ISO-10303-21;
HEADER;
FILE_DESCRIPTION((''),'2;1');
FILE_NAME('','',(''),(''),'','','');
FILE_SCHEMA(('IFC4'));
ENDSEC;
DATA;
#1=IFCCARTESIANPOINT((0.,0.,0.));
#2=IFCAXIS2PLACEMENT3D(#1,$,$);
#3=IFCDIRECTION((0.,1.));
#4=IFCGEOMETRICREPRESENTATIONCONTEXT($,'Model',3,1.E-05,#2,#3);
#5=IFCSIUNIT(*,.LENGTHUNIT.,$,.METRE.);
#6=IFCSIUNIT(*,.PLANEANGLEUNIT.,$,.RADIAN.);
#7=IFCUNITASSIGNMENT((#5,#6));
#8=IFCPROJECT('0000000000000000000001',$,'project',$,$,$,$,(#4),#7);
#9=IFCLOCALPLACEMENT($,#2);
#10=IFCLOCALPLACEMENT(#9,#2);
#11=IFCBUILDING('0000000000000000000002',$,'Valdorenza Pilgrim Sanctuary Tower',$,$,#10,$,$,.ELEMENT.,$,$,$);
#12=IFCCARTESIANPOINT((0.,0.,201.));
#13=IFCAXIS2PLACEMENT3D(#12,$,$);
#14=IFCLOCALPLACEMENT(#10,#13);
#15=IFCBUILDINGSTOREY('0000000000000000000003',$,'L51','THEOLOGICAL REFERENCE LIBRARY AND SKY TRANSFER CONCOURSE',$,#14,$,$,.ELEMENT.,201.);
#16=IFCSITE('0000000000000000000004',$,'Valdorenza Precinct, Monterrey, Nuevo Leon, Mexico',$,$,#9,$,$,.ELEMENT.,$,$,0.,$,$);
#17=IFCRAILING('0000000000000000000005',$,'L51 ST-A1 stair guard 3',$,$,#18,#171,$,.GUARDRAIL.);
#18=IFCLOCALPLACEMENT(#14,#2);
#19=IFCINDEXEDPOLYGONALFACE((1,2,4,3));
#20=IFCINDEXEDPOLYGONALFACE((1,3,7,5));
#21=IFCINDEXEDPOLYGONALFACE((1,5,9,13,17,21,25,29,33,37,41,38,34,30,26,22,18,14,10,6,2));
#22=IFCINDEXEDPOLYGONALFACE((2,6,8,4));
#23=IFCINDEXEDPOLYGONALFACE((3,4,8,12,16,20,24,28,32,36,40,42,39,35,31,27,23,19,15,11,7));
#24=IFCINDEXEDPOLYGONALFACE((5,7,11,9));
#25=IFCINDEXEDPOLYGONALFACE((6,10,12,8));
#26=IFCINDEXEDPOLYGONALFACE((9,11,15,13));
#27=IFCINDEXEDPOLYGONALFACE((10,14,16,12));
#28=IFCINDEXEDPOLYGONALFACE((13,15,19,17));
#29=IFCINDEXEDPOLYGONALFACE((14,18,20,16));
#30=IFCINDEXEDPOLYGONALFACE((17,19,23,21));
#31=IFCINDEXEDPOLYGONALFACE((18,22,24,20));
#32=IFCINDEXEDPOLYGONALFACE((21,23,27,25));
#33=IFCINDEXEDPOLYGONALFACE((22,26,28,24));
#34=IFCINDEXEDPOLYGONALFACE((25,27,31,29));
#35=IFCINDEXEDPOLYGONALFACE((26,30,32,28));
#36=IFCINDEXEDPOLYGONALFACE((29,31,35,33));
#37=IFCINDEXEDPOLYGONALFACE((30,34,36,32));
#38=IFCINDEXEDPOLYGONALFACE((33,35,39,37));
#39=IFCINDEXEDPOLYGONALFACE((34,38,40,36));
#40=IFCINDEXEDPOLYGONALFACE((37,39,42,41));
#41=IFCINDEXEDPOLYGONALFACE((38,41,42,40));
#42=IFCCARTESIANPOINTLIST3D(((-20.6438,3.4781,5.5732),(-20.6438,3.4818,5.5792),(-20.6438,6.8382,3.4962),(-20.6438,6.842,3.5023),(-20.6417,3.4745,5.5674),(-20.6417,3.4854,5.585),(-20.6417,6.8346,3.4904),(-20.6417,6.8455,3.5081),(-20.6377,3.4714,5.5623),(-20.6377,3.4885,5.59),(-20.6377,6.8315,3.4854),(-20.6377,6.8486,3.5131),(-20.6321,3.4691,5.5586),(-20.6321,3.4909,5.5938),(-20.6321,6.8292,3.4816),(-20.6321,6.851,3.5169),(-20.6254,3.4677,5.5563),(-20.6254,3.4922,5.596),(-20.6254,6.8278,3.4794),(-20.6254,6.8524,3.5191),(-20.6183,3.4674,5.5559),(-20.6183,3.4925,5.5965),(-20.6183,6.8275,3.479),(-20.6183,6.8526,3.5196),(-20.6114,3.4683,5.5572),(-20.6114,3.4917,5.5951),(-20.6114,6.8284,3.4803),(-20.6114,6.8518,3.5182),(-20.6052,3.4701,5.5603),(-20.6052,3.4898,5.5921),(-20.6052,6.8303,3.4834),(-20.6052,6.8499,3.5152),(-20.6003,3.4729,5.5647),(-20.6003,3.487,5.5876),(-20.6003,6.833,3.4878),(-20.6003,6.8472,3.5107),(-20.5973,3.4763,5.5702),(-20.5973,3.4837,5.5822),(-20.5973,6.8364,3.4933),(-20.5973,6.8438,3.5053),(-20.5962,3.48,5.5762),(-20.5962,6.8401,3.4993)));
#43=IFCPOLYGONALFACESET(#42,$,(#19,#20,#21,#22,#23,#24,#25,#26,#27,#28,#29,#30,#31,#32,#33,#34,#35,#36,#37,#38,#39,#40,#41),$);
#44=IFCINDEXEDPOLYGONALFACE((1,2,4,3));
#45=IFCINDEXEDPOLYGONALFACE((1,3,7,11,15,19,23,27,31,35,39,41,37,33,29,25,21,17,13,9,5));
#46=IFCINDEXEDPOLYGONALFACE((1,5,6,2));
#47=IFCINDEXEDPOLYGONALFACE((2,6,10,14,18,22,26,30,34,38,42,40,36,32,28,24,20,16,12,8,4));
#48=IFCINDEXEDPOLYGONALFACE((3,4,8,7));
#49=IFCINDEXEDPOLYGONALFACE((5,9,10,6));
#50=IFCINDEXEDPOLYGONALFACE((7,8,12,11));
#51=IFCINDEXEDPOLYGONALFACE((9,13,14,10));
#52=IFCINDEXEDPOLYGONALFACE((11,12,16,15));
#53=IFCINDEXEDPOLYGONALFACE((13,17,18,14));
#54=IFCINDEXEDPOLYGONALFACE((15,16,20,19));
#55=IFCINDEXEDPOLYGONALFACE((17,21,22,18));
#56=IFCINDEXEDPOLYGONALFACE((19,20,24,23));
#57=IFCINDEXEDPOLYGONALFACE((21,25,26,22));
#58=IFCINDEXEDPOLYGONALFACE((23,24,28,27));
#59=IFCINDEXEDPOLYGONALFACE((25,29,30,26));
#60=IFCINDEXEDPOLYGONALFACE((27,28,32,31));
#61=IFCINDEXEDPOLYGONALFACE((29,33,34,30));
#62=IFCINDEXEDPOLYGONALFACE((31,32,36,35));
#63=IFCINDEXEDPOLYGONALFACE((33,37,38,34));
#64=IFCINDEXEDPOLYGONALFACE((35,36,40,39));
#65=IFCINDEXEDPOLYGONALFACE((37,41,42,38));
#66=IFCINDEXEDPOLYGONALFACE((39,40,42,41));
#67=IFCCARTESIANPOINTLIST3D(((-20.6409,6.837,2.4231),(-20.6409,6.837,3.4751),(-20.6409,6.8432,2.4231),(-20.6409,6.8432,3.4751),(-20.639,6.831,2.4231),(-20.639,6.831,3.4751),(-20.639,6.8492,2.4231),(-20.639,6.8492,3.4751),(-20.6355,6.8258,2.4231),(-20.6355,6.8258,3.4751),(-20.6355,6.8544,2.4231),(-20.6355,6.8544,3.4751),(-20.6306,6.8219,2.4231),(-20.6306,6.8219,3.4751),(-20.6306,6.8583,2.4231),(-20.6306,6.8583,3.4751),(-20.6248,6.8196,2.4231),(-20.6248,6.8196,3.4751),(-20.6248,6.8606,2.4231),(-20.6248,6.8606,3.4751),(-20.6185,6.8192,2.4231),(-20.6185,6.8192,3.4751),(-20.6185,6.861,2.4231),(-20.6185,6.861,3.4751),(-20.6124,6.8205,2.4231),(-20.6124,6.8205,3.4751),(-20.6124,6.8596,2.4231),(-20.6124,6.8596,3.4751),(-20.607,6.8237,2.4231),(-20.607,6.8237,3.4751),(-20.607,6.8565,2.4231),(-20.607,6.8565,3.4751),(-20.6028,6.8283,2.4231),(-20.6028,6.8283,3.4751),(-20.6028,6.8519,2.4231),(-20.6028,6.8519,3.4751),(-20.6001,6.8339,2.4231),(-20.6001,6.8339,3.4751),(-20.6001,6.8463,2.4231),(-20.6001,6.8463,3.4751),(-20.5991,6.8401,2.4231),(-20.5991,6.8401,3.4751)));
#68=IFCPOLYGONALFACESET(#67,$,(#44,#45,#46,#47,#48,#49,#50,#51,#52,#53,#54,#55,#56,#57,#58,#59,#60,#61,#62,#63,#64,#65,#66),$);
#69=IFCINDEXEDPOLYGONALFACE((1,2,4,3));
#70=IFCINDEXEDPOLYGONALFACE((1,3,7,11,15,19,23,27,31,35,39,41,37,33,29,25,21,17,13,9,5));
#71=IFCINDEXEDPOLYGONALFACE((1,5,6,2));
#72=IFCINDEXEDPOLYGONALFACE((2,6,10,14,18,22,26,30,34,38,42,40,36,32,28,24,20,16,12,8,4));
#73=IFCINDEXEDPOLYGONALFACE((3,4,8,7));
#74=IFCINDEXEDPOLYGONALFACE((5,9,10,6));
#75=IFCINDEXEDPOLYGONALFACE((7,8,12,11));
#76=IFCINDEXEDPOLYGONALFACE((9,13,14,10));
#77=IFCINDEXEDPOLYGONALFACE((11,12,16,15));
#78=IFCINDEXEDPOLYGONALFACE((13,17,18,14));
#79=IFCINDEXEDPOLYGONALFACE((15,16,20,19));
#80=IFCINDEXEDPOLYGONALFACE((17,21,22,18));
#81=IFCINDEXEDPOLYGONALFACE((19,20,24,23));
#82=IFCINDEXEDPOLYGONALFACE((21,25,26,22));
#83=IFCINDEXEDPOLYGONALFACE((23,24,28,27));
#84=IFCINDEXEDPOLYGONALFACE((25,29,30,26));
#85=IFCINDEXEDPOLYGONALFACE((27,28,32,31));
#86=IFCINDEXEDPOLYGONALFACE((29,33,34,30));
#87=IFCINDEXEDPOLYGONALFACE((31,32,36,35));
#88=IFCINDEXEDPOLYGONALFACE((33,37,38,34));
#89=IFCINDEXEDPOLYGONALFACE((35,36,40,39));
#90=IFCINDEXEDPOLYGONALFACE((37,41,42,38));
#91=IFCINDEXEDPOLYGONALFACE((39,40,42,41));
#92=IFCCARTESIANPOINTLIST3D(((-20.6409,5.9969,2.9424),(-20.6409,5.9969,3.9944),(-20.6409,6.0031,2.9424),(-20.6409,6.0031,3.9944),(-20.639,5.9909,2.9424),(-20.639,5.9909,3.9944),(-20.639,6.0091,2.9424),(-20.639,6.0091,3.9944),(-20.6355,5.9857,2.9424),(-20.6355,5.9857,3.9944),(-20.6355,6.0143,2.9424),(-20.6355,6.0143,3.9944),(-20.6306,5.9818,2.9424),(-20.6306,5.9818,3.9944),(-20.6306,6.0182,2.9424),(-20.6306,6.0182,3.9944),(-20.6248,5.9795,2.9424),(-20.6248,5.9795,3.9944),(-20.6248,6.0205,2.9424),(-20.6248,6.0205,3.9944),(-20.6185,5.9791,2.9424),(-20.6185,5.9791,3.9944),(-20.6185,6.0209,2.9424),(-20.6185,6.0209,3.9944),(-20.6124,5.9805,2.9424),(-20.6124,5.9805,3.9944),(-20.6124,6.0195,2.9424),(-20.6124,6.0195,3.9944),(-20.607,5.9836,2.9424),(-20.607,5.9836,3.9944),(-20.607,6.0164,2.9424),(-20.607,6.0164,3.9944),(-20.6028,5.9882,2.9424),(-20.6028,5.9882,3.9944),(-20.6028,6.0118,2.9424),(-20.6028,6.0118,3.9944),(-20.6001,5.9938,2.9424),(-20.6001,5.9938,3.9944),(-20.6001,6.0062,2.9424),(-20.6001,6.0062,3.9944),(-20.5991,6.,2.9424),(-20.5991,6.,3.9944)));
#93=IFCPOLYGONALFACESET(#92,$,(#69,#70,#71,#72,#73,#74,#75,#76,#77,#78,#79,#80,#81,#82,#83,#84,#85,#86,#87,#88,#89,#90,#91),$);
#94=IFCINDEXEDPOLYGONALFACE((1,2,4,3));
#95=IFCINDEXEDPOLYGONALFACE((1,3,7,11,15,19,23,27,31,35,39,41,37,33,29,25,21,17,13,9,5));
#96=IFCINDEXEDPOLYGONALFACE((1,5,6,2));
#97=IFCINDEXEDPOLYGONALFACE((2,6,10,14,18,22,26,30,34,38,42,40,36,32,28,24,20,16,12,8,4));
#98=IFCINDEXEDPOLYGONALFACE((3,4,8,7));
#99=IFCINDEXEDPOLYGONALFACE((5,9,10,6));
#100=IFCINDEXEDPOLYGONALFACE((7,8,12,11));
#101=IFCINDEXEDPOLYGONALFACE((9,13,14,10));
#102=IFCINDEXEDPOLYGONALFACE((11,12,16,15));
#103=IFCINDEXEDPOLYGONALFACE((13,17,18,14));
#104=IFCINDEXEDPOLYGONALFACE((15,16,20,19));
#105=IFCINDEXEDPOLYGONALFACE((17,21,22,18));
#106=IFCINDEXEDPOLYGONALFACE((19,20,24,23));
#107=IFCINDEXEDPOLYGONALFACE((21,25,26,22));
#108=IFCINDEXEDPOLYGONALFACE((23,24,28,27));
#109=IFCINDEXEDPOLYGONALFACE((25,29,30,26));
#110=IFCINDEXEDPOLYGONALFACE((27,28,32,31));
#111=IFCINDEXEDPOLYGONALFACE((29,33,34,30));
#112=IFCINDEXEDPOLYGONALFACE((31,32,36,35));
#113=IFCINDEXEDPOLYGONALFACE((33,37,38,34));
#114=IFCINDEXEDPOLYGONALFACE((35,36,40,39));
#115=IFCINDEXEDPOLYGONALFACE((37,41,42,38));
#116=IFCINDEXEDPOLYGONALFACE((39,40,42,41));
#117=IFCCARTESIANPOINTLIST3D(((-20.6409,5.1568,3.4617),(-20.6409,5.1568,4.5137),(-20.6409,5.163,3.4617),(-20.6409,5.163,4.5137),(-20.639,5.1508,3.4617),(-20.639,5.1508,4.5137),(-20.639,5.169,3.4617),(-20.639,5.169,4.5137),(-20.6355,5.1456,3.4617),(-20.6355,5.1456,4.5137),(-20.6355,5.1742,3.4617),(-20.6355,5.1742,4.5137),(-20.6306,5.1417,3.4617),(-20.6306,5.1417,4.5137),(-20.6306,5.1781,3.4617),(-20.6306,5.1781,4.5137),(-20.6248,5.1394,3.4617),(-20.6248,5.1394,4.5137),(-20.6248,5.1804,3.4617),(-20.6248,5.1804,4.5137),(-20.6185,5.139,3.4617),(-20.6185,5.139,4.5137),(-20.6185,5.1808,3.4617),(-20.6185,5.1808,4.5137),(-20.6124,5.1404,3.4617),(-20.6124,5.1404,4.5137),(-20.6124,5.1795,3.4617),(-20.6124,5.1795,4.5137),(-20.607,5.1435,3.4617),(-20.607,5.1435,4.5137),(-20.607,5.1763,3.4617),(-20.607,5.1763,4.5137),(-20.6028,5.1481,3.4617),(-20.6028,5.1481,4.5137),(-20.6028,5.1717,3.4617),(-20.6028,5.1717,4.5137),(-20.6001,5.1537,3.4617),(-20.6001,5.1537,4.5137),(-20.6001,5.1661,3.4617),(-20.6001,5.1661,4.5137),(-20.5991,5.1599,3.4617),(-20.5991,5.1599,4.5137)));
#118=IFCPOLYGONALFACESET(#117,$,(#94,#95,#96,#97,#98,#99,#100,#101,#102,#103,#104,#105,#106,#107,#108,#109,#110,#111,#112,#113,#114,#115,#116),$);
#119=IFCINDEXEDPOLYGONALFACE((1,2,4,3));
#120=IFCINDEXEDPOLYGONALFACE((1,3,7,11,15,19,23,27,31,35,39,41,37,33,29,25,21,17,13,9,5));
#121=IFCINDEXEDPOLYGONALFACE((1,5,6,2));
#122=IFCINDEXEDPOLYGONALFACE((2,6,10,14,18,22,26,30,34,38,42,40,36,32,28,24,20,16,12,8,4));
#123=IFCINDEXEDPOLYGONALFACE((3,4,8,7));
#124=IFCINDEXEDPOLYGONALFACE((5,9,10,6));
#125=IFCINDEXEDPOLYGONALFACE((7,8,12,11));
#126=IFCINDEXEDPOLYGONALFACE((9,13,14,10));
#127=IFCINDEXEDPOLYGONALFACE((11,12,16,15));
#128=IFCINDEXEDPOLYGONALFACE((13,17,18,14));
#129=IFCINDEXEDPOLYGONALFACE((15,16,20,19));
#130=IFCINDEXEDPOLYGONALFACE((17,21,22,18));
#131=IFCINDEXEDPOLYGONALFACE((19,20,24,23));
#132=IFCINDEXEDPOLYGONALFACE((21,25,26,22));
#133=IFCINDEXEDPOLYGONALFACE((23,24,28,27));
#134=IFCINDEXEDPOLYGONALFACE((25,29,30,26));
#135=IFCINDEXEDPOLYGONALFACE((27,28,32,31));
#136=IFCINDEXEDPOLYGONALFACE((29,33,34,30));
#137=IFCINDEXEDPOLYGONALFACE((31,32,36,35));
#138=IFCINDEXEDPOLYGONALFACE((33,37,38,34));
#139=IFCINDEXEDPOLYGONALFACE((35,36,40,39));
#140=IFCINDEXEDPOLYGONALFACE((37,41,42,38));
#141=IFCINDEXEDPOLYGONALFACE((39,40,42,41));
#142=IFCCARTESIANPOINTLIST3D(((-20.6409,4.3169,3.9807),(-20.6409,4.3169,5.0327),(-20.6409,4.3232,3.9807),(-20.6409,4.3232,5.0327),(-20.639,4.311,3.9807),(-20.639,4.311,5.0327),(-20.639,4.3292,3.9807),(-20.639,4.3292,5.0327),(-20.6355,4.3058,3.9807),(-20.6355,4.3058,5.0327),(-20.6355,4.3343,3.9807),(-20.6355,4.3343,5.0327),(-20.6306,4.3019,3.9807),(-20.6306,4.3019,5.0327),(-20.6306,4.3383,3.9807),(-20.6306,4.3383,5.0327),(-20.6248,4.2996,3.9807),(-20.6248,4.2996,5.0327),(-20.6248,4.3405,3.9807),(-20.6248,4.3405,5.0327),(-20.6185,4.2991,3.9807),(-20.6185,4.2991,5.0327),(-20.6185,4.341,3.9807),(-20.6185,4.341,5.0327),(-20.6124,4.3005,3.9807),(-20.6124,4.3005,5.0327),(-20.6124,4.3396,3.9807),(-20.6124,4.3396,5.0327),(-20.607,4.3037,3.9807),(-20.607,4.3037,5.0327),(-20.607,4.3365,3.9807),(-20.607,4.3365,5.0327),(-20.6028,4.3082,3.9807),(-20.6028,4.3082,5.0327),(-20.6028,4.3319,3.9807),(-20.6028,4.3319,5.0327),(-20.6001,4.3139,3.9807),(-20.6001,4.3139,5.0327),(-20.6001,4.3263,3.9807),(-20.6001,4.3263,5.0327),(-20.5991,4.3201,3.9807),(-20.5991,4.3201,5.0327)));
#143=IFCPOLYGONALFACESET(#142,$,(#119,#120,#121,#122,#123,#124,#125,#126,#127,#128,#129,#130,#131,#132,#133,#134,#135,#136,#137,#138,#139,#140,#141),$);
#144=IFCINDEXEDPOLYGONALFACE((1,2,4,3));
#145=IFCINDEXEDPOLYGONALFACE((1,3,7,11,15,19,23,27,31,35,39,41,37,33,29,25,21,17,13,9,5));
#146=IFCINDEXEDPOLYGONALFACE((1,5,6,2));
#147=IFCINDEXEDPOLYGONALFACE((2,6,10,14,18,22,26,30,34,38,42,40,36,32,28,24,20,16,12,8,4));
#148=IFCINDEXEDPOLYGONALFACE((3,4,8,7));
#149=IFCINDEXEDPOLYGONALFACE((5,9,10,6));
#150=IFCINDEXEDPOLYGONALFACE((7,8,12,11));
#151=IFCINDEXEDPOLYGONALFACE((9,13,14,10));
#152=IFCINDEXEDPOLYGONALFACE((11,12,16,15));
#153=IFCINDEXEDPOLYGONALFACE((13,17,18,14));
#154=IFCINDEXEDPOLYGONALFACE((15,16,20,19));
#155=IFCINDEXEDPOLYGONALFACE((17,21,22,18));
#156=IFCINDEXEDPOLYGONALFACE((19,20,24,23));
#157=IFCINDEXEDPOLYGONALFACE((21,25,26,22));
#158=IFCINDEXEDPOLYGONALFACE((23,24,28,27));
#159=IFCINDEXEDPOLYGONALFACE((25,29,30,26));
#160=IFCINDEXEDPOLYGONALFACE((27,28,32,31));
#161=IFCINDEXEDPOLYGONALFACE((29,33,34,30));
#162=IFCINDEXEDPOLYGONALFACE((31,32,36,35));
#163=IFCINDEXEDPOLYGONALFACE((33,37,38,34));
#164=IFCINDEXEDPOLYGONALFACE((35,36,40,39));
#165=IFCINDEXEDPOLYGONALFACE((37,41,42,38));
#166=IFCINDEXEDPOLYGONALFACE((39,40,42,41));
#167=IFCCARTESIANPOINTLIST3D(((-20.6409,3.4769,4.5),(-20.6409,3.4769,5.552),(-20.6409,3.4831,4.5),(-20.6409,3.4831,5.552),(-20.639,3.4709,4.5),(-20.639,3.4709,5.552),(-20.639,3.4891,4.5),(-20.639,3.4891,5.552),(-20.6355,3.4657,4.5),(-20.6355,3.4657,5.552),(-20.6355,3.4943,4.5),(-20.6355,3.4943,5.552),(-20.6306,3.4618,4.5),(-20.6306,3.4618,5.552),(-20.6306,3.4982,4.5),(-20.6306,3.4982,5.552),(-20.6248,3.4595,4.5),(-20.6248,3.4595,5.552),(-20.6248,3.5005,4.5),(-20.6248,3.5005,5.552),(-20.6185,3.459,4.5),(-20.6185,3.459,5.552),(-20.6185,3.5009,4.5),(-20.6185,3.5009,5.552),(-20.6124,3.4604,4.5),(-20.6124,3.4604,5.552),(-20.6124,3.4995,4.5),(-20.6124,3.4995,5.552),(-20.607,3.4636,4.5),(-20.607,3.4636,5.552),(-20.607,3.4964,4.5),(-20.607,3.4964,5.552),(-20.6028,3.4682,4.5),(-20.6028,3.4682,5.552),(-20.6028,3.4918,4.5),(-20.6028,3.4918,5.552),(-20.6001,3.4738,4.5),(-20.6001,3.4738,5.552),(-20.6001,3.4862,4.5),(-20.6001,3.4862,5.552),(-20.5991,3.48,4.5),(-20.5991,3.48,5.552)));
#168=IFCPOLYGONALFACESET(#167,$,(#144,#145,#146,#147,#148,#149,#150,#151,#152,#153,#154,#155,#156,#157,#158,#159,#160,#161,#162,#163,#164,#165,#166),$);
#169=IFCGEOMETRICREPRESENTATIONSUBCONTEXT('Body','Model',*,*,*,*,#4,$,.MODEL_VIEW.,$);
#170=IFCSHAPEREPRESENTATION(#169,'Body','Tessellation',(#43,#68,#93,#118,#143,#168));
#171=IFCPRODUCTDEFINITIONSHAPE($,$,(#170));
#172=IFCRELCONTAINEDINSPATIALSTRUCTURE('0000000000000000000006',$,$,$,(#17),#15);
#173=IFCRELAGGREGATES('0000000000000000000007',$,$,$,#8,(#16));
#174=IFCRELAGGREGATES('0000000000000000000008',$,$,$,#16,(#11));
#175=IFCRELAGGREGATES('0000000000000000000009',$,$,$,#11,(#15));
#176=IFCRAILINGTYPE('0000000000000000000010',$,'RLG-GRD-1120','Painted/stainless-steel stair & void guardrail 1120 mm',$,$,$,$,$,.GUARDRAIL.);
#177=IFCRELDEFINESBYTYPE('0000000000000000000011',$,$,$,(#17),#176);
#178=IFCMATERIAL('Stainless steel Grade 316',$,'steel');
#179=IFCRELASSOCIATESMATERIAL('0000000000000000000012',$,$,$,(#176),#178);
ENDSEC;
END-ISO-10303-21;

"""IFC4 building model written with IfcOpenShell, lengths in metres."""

from ifc_helpers import new_model, si_unit, direction, frame, origin, origin_2d, place, context, subcontext, project, spatial, circle, extrude, material, type_object, element, save


model = new_model("IFC4")

# Units and contexts
model_context = context("Model", 3, precision=1e-05, world=origin(), true_north=direction((0.0, 1.0)))
body_context = subcontext(model_context, "Body", "Model", "MODEL_VIEW")
ifc_project = project(units=[si_unit("LENGTHUNIT", "METRE"), si_unit("PLANEANGLEUNIT", "RADIAN")], contexts=[model_context])

# Site, building, storey
site_placement = place(None, origin())
site = spatial("IfcSite", under=ifc_project, at=site_placement, Name="Valdorenza Precinct, Monterrey, Nuevo Leon, Mexico", CompositionType="ELEMENT", RefElevation=0.0)
building_placement = place(site_placement, origin())
building = spatial("IfcBuilding", under=site, at=building_placement, Name="Valdorenza Pilgrim Sanctuary Tower", CompositionType="ELEMENT")
storey_placement = place(building_placement, frame((0.0, 0.0, 201.0)))
storey = spatial("IfcBuildingStorey", under=building, at=storey_placement, Name="L51", Description="THEOLOGICAL REFERENCE LIBRARY AND SKY TRANSFER CONCOURSE", CompositionType="ELEMENT", Elevation=201.0)

# Railing
ifc_material_1 = material(Name="Stainless steel Grade 316", Category="steel")
railing_type_1 = type_object("IfcRailingType", Name="RLG-GRD-1120", Description="Painted/stainless-steel stair & void guardrail 1120 mm", PredefinedType="GUARDRAIL", material=ifc_material_1)
railing_1_placement = place(storey_placement, frame((-20.6201, 6.8401, 2.4231)))
element("IfcRailing", 1, at=railing_1_placement, inside=storey, type_object=railing_type_1, Name="L51 ST-A1 stair guard 3", PredefinedType="GUARDRAIL", context=body_context, shape_type="SweptSolid", body=[
    extrude(circle(Radius=0.0239, at=origin_2d()), frame((0.0, 0.0, 1.0762), z_axis=(0.0, -0.850623, 0.525776), x_axis=(1.0, 0.0, 0.0)), (0.0, 0.0, 1.0), 3.9502),
    extrude(circle(Radius=0.021, at=origin_2d()), origin(), (0.0, 0.0, 1.0), 1.052),
    extrude(circle(Radius=0.021, at=origin_2d()), frame((0.0, -0.8401, 0.5193)), (0.0, 0.0, 1.0), 1.052),
    extrude(circle(Radius=0.021, at=origin_2d()), frame((0.0, -1.6802, 1.0386)), (0.0, 0.0, 1.0), 1.052),
    extrude(circle(Radius=0.021, at=origin_2d()), frame((0.0, -2.52, 1.5576)), (0.0, 0.0, 1.0), 1.052),
    extrude(circle(Radius=0.021, at=origin_2d()), frame((0.0, -3.3601, 2.0769)), (0.0, 0.0, 1.0), 1.052),
])

save(model, "model.ifc")
